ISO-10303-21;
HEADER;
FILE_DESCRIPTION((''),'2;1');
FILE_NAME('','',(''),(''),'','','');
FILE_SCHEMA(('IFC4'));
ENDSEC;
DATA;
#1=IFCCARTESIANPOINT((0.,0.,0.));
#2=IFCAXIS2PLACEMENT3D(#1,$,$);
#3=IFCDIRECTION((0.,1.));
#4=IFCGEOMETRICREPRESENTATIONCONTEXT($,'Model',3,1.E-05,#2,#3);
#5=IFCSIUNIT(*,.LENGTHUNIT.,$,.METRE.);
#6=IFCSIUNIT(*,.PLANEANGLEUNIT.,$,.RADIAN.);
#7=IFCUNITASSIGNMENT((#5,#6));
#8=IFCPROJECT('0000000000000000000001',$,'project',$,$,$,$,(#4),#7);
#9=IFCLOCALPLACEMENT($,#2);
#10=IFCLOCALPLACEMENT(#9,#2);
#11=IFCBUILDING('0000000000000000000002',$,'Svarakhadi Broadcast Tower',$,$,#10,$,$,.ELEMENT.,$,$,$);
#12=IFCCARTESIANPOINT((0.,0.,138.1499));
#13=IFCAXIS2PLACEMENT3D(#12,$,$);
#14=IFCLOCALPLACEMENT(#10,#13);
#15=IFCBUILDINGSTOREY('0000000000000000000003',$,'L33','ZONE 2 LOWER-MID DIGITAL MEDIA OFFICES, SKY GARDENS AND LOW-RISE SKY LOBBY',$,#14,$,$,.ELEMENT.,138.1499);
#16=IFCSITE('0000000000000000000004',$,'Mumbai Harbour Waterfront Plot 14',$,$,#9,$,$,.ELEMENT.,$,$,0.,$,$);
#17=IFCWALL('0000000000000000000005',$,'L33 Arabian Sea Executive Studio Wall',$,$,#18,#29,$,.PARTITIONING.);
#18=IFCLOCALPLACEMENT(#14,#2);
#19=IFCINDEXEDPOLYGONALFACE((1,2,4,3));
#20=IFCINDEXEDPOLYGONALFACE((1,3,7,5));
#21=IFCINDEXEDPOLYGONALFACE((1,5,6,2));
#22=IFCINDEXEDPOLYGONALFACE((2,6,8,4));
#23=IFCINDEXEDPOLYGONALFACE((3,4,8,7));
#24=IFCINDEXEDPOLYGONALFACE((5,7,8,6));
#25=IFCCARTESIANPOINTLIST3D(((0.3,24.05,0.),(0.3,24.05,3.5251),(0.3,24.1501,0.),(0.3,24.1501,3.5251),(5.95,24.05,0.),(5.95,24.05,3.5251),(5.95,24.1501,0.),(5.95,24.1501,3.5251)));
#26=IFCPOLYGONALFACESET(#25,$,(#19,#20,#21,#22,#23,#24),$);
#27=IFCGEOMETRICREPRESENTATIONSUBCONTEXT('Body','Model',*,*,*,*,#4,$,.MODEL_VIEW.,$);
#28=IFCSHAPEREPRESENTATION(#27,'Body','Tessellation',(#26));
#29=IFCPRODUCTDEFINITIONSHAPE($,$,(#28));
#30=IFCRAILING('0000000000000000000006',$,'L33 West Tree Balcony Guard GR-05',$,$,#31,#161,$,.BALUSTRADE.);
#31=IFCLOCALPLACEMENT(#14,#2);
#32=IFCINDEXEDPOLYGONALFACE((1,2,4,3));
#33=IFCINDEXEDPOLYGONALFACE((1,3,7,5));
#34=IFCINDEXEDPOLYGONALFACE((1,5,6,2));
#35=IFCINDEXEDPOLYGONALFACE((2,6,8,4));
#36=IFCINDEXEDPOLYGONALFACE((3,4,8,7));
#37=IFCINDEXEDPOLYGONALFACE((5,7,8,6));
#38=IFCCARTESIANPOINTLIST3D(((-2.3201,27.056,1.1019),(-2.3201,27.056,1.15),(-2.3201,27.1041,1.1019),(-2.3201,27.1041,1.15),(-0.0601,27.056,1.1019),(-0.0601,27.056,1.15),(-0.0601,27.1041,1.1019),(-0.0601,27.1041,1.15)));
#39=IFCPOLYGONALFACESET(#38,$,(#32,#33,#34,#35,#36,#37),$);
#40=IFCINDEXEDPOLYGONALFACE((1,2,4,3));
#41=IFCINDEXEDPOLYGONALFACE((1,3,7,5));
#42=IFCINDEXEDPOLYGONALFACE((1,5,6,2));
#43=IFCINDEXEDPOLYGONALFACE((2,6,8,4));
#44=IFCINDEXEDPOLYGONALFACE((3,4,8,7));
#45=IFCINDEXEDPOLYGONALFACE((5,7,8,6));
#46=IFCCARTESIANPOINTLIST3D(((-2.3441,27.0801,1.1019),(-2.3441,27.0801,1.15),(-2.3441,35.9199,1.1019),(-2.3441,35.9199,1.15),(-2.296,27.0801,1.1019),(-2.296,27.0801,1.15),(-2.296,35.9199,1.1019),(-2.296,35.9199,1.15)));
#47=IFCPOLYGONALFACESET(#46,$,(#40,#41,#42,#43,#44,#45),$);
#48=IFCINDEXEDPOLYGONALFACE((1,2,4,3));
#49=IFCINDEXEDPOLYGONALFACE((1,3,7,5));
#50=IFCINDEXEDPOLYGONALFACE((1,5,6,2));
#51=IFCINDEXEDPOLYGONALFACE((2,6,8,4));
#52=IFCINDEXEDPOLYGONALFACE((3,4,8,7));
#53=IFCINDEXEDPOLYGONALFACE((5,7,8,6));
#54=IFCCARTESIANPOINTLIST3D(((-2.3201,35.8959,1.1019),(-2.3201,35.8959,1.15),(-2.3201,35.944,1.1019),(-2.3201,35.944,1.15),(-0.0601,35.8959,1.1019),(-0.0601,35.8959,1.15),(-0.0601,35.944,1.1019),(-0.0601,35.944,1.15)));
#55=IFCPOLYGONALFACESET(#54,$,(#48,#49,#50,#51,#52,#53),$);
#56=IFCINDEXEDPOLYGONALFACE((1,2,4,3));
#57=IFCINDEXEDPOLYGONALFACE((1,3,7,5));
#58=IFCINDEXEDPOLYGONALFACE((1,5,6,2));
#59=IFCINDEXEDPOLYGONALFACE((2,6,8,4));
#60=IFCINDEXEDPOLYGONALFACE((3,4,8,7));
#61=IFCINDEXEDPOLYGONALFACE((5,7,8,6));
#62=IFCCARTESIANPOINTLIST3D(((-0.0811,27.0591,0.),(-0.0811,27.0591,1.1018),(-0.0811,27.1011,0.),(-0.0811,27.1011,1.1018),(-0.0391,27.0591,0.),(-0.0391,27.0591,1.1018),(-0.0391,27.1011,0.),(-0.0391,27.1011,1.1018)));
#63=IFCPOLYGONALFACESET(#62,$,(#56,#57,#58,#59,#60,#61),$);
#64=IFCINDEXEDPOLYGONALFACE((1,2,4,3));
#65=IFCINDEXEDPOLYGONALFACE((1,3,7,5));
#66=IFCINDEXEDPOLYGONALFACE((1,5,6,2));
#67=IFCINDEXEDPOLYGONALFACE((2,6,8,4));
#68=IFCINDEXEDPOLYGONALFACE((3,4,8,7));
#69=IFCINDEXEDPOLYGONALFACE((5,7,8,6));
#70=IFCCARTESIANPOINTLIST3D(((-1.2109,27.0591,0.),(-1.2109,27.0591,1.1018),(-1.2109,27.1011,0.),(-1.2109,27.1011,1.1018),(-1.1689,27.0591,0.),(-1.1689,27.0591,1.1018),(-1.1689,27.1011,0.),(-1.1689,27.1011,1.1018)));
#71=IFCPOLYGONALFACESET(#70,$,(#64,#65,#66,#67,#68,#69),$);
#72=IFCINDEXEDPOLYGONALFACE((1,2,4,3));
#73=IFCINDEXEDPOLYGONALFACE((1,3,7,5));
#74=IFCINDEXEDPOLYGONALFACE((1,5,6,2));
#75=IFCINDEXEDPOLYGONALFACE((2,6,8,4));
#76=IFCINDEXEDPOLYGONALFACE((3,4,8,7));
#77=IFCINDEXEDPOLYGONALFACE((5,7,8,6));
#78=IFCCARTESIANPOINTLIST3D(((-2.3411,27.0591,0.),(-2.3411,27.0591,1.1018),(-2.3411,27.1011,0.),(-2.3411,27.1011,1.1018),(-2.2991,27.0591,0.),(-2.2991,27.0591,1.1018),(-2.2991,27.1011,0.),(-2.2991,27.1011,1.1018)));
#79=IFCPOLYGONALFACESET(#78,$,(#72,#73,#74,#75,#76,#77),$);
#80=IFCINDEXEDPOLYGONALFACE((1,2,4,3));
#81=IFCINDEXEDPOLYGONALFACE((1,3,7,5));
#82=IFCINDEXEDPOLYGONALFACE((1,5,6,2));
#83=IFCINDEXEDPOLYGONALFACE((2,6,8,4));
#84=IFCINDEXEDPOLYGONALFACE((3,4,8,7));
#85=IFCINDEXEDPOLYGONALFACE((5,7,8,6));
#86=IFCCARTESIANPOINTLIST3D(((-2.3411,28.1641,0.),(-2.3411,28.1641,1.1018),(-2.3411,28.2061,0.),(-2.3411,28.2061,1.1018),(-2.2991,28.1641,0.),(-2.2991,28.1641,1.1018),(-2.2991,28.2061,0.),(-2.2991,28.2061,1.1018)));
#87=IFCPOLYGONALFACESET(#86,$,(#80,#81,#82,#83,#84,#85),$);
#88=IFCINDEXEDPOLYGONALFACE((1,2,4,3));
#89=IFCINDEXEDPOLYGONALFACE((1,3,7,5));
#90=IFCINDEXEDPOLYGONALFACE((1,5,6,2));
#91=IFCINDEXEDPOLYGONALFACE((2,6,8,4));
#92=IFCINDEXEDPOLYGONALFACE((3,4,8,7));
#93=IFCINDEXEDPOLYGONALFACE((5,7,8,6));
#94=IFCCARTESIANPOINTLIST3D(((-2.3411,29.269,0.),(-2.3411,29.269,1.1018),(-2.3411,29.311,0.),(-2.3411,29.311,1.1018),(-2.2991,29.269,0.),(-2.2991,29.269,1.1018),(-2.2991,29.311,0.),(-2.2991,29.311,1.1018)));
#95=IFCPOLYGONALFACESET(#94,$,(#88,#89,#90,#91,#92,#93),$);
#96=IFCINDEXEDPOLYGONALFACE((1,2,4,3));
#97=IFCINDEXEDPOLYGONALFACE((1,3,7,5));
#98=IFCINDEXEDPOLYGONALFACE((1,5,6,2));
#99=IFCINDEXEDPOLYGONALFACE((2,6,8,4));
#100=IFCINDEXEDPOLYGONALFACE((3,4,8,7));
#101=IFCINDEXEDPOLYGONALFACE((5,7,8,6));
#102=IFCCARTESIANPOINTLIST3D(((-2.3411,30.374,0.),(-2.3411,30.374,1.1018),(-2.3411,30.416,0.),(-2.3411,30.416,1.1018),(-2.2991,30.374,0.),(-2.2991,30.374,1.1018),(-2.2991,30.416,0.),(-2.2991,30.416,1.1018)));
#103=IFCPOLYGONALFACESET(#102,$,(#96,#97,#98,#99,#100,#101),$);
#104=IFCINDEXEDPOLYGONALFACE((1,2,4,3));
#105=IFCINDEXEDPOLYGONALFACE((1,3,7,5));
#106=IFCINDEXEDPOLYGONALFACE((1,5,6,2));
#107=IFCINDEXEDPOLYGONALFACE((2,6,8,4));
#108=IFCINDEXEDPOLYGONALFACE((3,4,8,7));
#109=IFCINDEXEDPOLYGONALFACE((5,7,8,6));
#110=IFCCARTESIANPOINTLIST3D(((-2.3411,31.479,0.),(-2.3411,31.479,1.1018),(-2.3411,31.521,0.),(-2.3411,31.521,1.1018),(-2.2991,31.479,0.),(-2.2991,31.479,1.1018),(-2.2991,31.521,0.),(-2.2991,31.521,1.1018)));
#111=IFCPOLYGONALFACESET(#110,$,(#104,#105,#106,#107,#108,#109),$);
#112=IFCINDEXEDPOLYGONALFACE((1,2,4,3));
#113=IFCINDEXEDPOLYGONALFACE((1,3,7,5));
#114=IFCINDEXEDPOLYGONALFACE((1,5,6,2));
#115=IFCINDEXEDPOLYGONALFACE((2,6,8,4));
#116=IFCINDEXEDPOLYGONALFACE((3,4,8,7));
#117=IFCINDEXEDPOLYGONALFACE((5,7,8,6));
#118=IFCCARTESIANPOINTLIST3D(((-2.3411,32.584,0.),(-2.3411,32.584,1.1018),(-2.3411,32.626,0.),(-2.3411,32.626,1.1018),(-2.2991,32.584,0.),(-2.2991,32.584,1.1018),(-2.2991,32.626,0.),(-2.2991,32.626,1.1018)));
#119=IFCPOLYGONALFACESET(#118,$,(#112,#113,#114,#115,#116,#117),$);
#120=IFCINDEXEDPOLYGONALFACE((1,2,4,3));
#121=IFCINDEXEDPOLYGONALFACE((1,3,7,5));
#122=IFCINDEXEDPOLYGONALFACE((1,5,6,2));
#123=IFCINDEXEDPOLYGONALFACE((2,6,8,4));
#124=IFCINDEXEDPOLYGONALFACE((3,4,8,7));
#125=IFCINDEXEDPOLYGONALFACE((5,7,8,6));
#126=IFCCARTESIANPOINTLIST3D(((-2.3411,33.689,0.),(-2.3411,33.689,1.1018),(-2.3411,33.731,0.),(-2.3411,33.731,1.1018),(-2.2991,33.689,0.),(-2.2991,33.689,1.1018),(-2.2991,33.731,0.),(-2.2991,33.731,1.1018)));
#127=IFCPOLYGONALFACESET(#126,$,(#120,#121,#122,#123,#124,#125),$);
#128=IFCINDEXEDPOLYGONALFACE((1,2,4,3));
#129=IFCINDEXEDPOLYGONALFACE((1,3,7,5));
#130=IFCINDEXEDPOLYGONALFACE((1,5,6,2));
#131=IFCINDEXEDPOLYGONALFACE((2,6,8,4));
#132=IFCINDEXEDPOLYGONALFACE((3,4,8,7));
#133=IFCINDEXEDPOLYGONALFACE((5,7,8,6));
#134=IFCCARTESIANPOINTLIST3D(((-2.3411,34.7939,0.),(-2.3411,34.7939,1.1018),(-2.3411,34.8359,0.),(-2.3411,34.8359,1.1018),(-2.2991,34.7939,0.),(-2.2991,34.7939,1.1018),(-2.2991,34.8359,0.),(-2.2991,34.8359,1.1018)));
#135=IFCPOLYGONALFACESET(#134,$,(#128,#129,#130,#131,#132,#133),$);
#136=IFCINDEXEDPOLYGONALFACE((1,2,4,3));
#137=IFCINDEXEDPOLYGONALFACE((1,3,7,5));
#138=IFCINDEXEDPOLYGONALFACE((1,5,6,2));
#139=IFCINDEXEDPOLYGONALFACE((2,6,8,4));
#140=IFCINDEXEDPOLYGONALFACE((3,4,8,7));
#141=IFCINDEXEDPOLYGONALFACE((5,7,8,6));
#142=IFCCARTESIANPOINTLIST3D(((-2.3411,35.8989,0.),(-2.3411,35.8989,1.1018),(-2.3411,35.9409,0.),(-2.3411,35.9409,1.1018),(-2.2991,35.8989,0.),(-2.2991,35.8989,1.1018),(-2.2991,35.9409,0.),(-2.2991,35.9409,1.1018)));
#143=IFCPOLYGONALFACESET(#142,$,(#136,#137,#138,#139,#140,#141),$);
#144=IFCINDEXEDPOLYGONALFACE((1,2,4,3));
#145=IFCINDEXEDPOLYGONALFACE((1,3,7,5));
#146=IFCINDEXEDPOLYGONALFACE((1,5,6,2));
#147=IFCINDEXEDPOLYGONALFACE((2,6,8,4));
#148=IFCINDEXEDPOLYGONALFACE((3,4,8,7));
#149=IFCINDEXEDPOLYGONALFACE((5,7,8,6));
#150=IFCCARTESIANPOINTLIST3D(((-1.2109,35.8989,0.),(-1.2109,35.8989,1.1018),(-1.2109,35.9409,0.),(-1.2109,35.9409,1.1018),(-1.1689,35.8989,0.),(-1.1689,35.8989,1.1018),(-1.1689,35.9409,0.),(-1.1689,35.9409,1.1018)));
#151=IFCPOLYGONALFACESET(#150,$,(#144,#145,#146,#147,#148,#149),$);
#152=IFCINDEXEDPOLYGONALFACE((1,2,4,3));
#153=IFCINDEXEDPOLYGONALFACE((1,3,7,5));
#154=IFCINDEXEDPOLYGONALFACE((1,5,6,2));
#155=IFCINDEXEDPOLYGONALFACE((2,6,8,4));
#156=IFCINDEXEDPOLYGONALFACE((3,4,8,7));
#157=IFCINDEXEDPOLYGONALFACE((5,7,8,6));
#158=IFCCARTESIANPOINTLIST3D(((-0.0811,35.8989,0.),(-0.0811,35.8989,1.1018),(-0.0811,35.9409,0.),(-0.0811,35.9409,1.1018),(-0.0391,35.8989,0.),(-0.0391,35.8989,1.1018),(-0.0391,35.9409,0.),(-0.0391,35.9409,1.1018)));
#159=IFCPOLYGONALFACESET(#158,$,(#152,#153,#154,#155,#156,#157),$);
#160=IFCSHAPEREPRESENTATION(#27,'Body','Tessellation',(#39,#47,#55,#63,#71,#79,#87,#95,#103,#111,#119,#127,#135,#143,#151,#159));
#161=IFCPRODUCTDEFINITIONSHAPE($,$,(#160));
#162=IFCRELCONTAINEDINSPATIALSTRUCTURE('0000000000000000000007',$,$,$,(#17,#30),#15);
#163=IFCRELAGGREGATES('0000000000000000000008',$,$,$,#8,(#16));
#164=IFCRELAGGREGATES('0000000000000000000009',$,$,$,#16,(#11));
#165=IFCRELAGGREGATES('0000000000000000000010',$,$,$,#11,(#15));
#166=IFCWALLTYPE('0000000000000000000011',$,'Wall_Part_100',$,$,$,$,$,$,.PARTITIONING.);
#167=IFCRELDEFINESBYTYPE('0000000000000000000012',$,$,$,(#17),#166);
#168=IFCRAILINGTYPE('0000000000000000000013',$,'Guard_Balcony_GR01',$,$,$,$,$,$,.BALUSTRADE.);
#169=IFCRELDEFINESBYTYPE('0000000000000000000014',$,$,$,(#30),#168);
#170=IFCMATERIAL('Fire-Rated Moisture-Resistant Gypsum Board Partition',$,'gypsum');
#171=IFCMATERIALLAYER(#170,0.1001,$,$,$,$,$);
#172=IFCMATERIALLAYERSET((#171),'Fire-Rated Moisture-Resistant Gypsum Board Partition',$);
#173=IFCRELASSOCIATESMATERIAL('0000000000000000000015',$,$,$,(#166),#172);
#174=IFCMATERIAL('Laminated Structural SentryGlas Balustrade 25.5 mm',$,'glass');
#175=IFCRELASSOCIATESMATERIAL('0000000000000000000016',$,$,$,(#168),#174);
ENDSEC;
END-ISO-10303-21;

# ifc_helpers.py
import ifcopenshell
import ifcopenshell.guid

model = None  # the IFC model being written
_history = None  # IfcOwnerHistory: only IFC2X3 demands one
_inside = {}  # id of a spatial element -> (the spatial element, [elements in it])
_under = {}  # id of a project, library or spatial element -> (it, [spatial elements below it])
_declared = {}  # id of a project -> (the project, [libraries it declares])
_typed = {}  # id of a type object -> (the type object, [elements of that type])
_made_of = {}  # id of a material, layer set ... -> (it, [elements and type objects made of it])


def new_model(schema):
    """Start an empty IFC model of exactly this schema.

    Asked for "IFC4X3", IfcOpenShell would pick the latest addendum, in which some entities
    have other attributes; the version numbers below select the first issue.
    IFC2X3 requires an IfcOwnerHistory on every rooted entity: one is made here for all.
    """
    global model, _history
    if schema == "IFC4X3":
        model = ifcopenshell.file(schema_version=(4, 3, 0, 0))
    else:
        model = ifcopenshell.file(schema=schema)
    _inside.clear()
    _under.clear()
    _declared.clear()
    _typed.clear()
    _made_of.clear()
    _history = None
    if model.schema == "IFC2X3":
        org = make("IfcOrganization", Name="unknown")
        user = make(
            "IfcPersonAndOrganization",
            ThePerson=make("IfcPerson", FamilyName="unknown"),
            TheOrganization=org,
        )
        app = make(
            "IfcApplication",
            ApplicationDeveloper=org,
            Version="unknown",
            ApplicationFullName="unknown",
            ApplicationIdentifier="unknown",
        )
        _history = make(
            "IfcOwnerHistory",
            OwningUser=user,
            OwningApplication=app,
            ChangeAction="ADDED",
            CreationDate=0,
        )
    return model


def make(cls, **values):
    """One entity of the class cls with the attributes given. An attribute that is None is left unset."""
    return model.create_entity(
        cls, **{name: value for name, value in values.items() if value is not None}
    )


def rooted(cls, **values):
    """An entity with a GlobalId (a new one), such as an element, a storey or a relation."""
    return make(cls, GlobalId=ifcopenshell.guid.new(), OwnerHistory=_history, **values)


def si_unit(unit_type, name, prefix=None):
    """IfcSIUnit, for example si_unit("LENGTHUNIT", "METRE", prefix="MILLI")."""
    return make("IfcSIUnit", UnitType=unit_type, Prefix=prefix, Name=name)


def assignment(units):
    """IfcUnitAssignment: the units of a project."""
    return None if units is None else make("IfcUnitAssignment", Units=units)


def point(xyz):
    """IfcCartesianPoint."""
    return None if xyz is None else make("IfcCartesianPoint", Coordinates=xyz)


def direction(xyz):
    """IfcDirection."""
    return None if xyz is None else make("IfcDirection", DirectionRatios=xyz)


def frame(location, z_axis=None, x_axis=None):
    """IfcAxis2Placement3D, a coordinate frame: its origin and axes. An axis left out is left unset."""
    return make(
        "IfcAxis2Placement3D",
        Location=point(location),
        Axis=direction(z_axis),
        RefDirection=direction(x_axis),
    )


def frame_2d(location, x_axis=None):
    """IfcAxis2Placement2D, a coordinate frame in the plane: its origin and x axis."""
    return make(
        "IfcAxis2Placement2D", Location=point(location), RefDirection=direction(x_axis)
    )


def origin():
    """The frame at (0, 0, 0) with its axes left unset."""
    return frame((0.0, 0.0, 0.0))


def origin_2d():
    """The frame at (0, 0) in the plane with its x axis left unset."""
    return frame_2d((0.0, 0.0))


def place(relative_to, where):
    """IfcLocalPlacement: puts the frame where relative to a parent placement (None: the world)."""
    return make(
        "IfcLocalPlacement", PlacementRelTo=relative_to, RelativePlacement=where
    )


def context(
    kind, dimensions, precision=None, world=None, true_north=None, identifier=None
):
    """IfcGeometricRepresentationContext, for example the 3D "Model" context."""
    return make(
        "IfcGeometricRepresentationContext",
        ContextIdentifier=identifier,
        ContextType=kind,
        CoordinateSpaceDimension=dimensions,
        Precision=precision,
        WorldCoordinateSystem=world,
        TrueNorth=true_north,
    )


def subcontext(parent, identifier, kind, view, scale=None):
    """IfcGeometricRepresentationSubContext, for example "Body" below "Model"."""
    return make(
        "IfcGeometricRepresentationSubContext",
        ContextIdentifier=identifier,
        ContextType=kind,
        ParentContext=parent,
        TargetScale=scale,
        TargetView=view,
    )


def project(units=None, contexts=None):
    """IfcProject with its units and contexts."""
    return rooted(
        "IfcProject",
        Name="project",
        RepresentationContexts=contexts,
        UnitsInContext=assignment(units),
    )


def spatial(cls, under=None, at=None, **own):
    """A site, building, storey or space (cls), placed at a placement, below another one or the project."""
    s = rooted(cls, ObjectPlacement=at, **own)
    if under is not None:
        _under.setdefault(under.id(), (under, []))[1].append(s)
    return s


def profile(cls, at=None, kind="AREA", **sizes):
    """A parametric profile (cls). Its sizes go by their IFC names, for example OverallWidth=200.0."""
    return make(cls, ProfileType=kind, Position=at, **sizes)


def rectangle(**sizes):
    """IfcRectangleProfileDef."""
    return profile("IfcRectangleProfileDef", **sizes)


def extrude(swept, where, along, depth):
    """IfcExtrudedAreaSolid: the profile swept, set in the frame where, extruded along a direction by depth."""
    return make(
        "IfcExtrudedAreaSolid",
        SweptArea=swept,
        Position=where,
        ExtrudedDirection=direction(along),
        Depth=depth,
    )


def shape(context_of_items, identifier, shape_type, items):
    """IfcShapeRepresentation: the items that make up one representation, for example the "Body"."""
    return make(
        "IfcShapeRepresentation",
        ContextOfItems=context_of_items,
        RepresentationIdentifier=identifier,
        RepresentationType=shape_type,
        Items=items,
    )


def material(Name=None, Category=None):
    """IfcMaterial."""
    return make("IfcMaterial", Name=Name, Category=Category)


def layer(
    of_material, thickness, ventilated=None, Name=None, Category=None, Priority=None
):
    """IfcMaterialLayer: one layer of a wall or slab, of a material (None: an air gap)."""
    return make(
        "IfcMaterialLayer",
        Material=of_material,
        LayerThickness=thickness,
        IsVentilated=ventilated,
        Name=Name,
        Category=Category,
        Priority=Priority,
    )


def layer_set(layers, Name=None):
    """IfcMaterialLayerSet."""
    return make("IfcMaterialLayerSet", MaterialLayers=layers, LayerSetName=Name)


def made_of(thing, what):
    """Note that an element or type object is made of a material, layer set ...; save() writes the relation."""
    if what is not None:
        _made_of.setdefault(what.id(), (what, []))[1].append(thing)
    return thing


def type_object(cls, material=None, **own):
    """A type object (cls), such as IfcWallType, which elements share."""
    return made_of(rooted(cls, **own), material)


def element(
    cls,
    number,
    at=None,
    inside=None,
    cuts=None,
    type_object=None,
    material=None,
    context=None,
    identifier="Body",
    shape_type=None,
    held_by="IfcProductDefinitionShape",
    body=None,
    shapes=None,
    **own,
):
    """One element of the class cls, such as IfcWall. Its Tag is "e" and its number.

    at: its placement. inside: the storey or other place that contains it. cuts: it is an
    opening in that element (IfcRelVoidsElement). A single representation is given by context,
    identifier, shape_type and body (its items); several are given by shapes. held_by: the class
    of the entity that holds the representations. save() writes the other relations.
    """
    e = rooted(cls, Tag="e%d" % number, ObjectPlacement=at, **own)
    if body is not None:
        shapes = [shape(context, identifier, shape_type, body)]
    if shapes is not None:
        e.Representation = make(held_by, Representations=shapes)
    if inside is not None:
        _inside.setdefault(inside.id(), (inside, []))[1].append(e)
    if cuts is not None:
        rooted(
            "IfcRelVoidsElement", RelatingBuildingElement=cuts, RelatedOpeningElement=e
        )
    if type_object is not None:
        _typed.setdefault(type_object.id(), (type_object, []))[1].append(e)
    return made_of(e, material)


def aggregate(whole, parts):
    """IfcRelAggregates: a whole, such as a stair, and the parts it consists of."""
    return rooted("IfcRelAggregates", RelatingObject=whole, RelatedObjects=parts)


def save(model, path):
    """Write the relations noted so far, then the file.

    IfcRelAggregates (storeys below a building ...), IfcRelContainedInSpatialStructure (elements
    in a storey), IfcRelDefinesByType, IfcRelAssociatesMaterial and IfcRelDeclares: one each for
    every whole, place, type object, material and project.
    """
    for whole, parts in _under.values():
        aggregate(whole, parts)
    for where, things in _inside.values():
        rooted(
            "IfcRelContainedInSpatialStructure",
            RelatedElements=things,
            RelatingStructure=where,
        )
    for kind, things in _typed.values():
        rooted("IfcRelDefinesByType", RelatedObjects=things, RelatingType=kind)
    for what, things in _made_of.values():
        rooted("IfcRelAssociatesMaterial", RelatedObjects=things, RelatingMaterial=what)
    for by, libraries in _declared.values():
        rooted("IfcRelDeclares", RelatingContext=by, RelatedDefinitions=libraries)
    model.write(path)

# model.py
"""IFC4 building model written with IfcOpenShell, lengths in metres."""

from ifc_helpers import new_model, si_unit, direction, frame, frame_2d, origin, origin_2d, place, context, subcontext, project, spatial, rectangle, extrude, material, layer, layer_set, type_object, element, save


model = new_model("IFC4")

# Units and contexts
model_context = context("Model", 3, precision=1e-05, world=origin(), true_north=direction((0.0, 1.0)))
body_context = subcontext(model_context, "Body", "Model", "MODEL_VIEW")
ifc_project = project(units=[si_unit("LENGTHUNIT", "METRE"), si_unit("PLANEANGLEUNIT", "RADIAN")], contexts=[model_context])

# Site, building, storey
site_placement = place(None, origin())
site = spatial("IfcSite", under=ifc_project, at=site_placement, Name="Mumbai Harbour Waterfront Plot 14", CompositionType="ELEMENT", RefElevation=0.0)
building_placement = place(site_placement, origin())
building = spatial("IfcBuilding", under=site, at=building_placement, Name="Svarakhadi Broadcast Tower", CompositionType="ELEMENT")
storey_placement = place(building_placement, frame((0.0, 0.0, 138.1499)))
storey = spatial("IfcBuildingStorey", under=building, at=storey_placement, Name="L33", Description="ZONE 2 LOWER-MID DIGITAL MEDIA OFFICES, SKY GARDENS AND LOW-RISE SKY LOBBY", CompositionType="ELEMENT", Elevation=138.1499)

# Wall
ifc_material_1 = material(Name="Fire-Rated Moisture-Resistant Gypsum Board Partition", Category="gypsum")
ifc_layer_1 = layer(ifc_material_1, 0.1001)
ifc_layer_set_1 = layer_set([ifc_layer_1], Name="Fire-Rated Moisture-Resistant Gypsum Board Partition")
wall_type_1 = type_object("IfcWallType", Name="Wall_Part_100", PredefinedType="PARTITIONING", material=ifc_layer_set_1)
wall_1_placement = place(storey_placement, frame((0.3, 24.1001, 0.0), z_axis=(0.0, 0.0, 1.0), x_axis=(1.0, 0.0, 0.0)))
element("IfcWall", 1, at=wall_1_placement, inside=storey, type_object=wall_type_1, Name="L33 Arabian Sea Executive Studio Wall", PredefinedType="PARTITIONING", context=body_context, shape_type="SweptSolid", body=[
    extrude(rectangle(XDim=5.6499, YDim=0.1001, at=frame_2d((2.825, 0.0))), origin(), (0.0, 0.0, 1.0), 3.5251),
])

# Railing
ifc_material_2 = material(Name="Laminated Structural SentryGlas Balustrade 25.5 mm", Category="glass")
railing_type = type_object("IfcRailingType", Name="Guard_Balcony_GR01", PredefinedType="BALUSTRADE", material=ifc_material_2)
railing_placement = place(storey_placement, frame((-0.0601, 27.0801, 0.0)))
element("IfcRailing", 2, at=railing_placement, inside=storey, type_object=railing_type, Name="L33 West Tree Balcony Guard GR-05", PredefinedType="BALUSTRADE", context=body_context, shape_type="SweptSolid", body=[
    extrude(rectangle(XDim=0.0481, YDim=0.0481, at=origin_2d()), frame((0.0, 0.0, 1.126), z_axis=(-1.0, 0.0, 0.0), x_axis=(0.0, -1.0, 0.0)), (0.0, 0.0, 1.0), 2.26),
    extrude(rectangle(XDim=0.0481, YDim=0.0481, at=origin_2d()), frame((-2.26, 0.0, 1.126), z_axis=(0.0, 1.0, 0.0), x_axis=(-1.0, 0.0, 0.0)), (0.0, 0.0, 1.0), 8.8398),
    extrude(rectangle(XDim=0.0481, YDim=0.0481, at=origin_2d()), frame((-2.26, 8.8398, 1.126), z_axis=(1.0, 0.0, 0.0), x_axis=(0.0, 1.0, 0.0)), (0.0, 0.0, 1.0), 2.26),
    extrude(rectangle(XDim=0.042, YDim=0.042, at=origin_2d()), origin(), (0.0, 0.0, 1.0), 1.1018),
    extrude(rectangle(XDim=0.042, YDim=0.042, at=origin_2d()), frame((-1.1299, 0.0, 0.0)), (0.0, 0.0, 1.0), 1.1018),
    extrude(rectangle(XDim=0.042, YDim=0.042, at=origin_2d()), frame((-2.26, 0.0, 0.0)), (0.0, 0.0, 1.0), 1.1018),
    extrude(rectangle(XDim=0.042, YDim=0.042, at=origin_2d()), frame((-2.26, 1.105, 0.0)), (0.0, 0.0, 1.0), 1.1018),
    extrude(rectangle(XDim=0.042, YDim=0.042, at=origin_2d()), frame((-2.26, 2.21, 0.0)), (0.0, 0.0, 1.0), 1.1018),
    extrude(rectangle(XDim=0.042, YDim=0.042, at=origin_2d()), frame((-2.26, 3.3149, 0.0)), (0.0, 0.0, 1.0), 1.1018),
    extrude(rectangle(XDim=0.042, YDim=0.042, at=origin_2d()), frame((-2.26, 4.4199, 0.0)), (0.0, 0.0, 1.0), 1.1018),
    extrude(rectangle(XDim=0.042, YDim=0.042, at=origin_2d()), frame((-2.26, 5.5249, 0.0)), (0.0, 0.0, 1.0), 1.1018),
    extrude(rectangle(XDim=0.042, YDim=0.042, at=origin_2d()), frame((-2.26, 6.6299, 0.0)), (0.0, 0.0, 1.0), 1.1018),
    extrude(rectangle(XDim=0.042, YDim=0.042, at=origin_2d()), frame((-2.26, 7.7349, 0.0)), (0.0, 0.0, 1.0), 1.1018),
    extrude(rectangle(XDim=0.042, YDim=0.042, at=origin_2d()), frame((-2.26, 8.8398, 0.0)), (0.0, 0.0, 1.0), 1.1018),
    extrude(rectangle(XDim=0.042, YDim=0.042, at=origin_2d()), frame((-1.1299, 8.8398, 0.0)), (0.0, 0.0, 1.0), 1.1018),
    extrude(rectangle(XDim=0.042, YDim=0.042, at=origin_2d()), frame((0.0, 8.8398, 0.0)), (0.0, 0.0, 1.0), 1.1018),
])

save(model, "model.ifc")
